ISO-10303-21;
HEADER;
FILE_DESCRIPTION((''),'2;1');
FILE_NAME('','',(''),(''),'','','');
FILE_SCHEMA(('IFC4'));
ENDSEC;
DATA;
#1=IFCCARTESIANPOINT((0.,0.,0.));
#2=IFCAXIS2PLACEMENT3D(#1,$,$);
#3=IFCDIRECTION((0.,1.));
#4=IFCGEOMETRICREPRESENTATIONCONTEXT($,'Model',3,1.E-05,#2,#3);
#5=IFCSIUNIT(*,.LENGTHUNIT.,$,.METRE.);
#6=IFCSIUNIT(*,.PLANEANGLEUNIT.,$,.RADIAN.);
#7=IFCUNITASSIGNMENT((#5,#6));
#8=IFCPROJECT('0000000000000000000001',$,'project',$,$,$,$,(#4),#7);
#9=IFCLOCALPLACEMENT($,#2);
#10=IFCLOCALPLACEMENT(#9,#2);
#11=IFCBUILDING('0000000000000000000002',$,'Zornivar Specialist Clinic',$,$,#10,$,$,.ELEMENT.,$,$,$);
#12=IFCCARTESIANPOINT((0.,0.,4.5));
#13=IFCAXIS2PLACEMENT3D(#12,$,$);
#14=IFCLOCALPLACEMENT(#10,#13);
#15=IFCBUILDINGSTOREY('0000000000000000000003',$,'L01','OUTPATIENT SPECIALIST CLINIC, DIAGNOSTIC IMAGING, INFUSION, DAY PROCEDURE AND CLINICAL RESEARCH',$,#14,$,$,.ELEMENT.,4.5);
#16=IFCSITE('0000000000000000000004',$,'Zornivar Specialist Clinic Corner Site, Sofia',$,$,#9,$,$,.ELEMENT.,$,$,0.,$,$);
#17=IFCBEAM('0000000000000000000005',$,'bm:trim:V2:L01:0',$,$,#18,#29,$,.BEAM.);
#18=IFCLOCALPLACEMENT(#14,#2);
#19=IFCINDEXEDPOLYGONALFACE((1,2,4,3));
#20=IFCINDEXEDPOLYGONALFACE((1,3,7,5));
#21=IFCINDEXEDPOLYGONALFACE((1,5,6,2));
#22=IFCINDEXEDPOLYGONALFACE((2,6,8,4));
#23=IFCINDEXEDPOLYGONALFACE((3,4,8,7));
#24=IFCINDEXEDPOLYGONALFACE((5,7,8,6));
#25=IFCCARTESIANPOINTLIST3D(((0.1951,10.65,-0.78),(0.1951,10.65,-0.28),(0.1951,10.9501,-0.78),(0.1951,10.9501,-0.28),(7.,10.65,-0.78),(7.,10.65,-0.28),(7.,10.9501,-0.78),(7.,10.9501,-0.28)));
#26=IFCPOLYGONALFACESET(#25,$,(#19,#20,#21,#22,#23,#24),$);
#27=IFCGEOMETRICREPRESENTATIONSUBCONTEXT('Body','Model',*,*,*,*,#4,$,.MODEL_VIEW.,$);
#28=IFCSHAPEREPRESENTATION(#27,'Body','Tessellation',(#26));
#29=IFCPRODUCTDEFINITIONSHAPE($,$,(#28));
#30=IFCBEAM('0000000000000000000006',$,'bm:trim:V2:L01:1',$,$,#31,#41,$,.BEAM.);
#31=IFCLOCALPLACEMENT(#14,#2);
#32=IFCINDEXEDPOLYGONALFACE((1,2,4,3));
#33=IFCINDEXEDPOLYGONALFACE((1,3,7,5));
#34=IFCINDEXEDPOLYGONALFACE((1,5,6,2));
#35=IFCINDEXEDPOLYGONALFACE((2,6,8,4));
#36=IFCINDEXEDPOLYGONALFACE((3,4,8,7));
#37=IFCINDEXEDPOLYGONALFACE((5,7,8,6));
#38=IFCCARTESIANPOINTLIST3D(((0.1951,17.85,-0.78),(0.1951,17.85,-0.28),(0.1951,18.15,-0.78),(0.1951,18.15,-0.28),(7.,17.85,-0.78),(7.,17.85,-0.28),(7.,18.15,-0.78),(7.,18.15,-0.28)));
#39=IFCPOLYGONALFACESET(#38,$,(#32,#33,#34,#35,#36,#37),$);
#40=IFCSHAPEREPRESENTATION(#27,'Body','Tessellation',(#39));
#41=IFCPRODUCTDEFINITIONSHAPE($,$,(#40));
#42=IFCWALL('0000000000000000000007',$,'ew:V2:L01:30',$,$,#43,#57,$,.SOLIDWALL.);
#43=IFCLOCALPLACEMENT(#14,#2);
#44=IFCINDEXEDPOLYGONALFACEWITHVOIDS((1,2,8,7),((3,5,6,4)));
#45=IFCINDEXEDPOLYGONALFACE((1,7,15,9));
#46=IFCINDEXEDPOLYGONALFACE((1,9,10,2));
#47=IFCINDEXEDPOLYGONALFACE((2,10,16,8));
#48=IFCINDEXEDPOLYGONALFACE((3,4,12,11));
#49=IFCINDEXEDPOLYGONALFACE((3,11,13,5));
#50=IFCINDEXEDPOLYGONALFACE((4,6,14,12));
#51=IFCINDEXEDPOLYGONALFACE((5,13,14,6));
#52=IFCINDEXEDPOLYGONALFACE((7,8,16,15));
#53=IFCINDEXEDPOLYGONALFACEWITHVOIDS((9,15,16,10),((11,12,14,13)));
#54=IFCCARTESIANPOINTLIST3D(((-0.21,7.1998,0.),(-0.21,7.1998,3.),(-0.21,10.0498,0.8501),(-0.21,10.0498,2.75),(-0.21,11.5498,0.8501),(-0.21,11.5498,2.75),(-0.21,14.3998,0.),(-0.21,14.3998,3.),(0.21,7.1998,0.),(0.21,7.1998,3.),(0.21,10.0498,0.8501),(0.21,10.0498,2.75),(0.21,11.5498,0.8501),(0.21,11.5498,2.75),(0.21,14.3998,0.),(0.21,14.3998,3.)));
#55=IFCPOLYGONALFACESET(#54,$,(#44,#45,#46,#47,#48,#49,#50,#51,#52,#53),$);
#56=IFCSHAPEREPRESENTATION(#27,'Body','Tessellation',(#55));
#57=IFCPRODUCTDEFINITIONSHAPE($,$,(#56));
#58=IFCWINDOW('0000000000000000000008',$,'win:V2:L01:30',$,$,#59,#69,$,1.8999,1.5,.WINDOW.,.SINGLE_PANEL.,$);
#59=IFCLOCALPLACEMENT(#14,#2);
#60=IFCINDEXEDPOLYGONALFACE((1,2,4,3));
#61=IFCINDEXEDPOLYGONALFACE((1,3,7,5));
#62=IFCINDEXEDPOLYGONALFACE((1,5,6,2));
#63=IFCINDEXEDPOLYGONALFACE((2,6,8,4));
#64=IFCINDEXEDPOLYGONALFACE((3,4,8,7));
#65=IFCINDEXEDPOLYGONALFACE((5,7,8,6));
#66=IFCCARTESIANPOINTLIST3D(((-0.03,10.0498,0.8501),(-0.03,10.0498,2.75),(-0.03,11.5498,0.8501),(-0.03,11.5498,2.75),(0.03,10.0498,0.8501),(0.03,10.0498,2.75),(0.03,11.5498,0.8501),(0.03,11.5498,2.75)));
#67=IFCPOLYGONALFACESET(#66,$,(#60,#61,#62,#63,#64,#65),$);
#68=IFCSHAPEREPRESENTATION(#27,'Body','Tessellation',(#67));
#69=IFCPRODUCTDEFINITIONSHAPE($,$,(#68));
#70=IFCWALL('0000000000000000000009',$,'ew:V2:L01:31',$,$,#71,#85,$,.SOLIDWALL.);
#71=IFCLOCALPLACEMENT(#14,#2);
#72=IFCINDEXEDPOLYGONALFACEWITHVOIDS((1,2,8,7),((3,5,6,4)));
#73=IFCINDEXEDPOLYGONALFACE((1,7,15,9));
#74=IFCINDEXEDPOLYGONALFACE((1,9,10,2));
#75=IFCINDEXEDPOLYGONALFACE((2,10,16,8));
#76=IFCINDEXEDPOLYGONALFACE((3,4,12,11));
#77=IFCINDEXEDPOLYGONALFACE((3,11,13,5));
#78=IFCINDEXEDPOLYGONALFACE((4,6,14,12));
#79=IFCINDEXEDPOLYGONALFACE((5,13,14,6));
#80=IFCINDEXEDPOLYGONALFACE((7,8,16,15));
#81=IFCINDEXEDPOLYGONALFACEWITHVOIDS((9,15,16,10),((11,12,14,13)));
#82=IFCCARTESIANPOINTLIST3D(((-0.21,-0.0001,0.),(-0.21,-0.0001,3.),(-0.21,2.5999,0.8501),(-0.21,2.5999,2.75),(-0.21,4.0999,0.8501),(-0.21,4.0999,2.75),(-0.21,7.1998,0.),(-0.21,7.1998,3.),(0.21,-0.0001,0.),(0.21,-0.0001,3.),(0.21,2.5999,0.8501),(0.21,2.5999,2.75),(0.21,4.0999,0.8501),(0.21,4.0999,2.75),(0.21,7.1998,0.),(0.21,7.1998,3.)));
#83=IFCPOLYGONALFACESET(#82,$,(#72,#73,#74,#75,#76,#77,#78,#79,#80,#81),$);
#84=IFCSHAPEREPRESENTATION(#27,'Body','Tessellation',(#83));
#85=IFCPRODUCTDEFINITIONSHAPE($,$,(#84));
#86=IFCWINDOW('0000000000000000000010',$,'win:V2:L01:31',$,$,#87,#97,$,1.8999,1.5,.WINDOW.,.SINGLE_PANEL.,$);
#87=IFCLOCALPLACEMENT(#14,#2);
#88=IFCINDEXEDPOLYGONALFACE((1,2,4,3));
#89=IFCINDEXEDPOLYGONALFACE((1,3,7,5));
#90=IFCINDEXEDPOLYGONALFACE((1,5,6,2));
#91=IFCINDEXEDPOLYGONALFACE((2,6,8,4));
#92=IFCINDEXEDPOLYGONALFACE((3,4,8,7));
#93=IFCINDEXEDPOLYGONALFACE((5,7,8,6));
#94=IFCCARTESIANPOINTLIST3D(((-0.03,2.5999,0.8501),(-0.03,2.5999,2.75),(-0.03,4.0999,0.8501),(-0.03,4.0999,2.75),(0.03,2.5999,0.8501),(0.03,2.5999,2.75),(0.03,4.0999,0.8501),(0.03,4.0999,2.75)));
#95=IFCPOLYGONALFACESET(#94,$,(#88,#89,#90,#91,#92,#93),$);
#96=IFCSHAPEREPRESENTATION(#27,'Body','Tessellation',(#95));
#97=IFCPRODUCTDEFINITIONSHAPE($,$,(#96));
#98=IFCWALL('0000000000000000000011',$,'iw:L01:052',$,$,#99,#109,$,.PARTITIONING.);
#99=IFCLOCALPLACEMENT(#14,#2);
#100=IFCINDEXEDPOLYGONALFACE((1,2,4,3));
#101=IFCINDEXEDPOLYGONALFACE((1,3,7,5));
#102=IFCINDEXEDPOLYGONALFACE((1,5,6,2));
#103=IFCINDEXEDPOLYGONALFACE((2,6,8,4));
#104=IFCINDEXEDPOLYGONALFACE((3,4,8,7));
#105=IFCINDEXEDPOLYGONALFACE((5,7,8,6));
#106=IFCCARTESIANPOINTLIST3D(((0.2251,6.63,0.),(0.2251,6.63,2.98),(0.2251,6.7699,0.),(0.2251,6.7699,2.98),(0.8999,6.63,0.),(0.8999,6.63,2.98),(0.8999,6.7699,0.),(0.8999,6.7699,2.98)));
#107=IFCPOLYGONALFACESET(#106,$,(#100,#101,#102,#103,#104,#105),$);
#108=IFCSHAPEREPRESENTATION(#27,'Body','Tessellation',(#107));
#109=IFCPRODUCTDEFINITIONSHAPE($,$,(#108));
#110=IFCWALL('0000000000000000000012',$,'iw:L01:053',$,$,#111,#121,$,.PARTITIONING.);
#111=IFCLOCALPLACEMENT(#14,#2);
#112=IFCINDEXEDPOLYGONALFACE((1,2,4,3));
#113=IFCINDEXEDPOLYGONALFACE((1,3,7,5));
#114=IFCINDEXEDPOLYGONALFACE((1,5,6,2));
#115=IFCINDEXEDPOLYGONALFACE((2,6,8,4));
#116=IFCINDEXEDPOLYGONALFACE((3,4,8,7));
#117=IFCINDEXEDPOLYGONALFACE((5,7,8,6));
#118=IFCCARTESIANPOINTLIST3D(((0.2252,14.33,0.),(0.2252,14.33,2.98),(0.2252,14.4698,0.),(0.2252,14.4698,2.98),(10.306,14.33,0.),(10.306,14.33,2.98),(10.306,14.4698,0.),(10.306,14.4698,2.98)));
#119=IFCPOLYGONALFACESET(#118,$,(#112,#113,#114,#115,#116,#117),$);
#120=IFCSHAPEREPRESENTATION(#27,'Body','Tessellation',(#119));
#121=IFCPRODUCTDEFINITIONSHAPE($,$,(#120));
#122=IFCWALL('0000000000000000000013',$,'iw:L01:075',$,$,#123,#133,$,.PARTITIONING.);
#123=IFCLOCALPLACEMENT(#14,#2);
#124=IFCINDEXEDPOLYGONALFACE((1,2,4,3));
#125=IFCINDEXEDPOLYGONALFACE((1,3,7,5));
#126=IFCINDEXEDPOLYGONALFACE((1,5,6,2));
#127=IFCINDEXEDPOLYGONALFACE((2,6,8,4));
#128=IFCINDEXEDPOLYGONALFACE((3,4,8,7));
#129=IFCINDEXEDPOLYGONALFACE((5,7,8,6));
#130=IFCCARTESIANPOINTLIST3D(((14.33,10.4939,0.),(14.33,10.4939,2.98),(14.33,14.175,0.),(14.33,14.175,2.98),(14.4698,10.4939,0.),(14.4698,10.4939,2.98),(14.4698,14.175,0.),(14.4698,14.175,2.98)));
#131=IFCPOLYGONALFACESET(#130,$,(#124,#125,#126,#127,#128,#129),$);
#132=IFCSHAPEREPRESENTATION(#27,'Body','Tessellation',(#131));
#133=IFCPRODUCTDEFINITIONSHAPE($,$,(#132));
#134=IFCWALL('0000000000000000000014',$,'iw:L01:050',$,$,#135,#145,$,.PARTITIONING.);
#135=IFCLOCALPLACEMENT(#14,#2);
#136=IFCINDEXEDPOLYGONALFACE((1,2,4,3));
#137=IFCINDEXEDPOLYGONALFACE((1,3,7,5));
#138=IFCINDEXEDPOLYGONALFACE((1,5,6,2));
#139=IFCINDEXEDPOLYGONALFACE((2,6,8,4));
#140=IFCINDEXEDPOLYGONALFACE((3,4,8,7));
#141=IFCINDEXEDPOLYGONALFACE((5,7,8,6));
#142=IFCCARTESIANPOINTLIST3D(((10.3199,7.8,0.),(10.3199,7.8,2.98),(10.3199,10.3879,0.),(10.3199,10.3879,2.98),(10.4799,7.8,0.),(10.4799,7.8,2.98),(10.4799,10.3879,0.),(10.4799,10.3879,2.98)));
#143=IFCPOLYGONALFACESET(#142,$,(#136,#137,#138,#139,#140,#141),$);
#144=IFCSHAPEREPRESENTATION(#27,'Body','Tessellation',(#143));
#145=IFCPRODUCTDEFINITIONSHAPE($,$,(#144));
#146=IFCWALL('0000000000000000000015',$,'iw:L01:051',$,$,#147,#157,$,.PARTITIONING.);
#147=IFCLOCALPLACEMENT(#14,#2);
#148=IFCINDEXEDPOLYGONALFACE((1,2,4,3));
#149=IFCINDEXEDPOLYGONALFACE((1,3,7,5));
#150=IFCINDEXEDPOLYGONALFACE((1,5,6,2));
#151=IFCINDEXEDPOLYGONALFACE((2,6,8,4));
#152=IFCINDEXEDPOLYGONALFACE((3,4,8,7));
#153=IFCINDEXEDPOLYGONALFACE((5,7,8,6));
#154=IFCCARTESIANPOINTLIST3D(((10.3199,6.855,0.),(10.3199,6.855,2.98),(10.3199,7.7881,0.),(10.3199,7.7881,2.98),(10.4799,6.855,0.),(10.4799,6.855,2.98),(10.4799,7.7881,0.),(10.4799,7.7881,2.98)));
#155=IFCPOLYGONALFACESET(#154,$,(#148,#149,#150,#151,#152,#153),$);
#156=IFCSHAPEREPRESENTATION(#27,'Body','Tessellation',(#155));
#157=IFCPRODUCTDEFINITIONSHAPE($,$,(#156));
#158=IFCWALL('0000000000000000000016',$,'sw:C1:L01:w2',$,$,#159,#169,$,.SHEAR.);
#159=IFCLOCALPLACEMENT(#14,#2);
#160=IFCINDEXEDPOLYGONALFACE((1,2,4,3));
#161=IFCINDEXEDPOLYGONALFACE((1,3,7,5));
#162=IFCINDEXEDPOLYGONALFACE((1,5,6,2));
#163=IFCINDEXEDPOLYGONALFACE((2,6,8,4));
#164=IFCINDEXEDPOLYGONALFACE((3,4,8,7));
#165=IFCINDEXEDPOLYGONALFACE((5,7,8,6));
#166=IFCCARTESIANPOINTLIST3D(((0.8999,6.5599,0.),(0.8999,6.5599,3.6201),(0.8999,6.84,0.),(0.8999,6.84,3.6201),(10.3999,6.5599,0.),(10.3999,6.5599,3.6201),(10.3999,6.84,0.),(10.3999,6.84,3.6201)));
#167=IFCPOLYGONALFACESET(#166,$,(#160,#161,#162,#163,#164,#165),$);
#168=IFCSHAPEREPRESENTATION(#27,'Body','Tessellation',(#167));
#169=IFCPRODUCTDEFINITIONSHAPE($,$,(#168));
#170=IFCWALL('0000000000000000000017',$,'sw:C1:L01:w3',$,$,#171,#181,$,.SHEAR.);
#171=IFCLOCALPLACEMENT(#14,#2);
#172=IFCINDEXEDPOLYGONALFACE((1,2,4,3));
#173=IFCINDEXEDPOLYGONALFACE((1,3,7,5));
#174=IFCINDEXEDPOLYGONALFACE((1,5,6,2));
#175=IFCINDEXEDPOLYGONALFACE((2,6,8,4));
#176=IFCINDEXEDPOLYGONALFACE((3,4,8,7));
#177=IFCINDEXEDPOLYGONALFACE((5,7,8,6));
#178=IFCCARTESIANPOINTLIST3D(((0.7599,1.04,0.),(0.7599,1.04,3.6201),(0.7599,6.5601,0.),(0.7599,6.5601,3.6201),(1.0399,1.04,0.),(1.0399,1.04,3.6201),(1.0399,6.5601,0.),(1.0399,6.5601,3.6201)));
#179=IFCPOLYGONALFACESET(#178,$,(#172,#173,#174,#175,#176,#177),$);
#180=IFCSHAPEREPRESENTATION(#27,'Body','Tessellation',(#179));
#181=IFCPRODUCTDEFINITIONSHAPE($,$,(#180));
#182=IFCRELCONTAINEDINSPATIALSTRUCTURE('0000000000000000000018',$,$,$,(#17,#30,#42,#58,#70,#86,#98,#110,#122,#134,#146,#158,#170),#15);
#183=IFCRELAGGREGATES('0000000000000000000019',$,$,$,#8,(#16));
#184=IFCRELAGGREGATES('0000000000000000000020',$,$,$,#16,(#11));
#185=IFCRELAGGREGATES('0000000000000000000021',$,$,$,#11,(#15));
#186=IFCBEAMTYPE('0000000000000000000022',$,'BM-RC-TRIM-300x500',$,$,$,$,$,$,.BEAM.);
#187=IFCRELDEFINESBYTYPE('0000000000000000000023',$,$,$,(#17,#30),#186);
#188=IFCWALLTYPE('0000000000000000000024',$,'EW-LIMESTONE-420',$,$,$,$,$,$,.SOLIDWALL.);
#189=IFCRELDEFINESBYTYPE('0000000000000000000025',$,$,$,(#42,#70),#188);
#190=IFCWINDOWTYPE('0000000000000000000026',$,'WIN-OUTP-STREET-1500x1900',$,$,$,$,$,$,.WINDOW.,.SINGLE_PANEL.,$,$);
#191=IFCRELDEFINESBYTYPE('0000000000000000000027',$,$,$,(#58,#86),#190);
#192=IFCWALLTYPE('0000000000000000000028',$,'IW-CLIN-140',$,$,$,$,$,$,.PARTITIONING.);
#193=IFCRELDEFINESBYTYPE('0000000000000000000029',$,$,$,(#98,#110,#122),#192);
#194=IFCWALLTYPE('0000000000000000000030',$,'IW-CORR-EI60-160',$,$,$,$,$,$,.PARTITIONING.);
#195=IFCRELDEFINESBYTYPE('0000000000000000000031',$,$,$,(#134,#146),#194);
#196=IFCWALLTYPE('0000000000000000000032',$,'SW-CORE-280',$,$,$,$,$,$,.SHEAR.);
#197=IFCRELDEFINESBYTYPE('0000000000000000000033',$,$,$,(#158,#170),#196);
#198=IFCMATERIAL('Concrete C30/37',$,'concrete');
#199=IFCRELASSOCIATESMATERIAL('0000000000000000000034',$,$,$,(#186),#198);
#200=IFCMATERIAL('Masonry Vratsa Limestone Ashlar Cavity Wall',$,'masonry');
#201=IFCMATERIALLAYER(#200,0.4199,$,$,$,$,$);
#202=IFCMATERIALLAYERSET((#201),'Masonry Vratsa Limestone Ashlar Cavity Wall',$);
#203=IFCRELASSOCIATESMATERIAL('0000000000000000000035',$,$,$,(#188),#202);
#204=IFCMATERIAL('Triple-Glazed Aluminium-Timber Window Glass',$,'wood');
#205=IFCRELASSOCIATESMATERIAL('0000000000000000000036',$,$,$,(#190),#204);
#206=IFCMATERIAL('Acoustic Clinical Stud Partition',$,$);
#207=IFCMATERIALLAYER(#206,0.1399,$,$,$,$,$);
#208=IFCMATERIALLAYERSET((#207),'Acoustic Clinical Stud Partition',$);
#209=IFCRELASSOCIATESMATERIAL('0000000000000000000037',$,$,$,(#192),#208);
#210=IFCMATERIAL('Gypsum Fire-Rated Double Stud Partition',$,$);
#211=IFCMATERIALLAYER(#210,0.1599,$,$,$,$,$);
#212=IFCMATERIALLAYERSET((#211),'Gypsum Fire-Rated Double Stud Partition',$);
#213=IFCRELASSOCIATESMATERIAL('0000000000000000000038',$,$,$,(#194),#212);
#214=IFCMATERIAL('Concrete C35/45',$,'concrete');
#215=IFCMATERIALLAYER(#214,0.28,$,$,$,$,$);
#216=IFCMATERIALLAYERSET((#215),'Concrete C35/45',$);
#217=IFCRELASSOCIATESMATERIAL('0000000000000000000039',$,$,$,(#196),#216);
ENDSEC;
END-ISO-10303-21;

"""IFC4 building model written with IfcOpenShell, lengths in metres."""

from ifc_helpers import new_model, si_unit, direction, frame, frame_2d, origin, origin_2d, place, context, subcontext, project, spatial, rectangle, extrude, material, layer, layer_set, material_profile, profile_set, type_object, element, fill, save


model = new_model("IFC4")

# Units and contexts
model_context = context("Model", 3, precision=1e-05, world=origin(), true_north=direction((0.0, 1.0)))
body_context = subcontext(model_context, "Body", "Model", "MODEL_VIEW")
ifc_project = project(units=[si_unit("LENGTHUNIT", "METRE"), si_unit("PLANEANGLEUNIT", "RADIAN")], contexts=[model_context])

# Site, building, storey
site_placement = place(None, origin())
site = spatial("IfcSite", under=ifc_project, at=site_placement, Name="Zornivar Specialist Clinic Corner Site, Sofia", CompositionType="ELEMENT", RefElevation=0.0)
building_placement = place(site_placement, origin())
building = spatial("IfcBuilding", under=site, at=building_placement, Name="Zornivar Specialist Clinic", CompositionType="ELEMENT")
storey_placement = place(building_placement, frame((0.0, 0.0, 4.5)))
storey = spatial("IfcBuildingStorey", under=building, at=storey_placement, Name="L01", Description="OUTPATIENT SPECIALIST CLINIC, DIAGNOSTIC IMAGING, INFUSION, DAY PROCEDURE AND CLINICAL RESEARCH", CompositionType="ELEMENT", Elevation=4.5)

# Beams
ifc_material_1 = material(Name="Concrete C30/37", Category="concrete")
ifc_material_profile_1 = material_profile(ifc_material_1, rectangle(XDim=0.3, YDim=0.5, at=origin_2d()), Name="RC 300x500")
ifc_profile_set_1 = profile_set([ifc_material_profile_1], Name="Concrete C30/37")
beam_type_1 = type_object("IfcBeamType", Name="BM-RC-TRIM-300x500", PredefinedType="BEAM", material=ifc_profile_set_1)
for number, where, z_axis, x_axis, name in (
    (1, (0.1951, 10.8, -0.53), (1.0, 0.0, 0.0), (0.0, 1.0, 0.0), "bm:trim:V2:L01:0"),
    (2, (0.1951, 18.0, -0.53), (1.0, 0.0, 0.0), (0.0, 1.0, 0.0), "bm:trim:V2:L01:1"),
):
    element("IfcBeam", number, at=place(storey_placement, frame(where, z_axis=z_axis, x_axis=x_axis)), inside=storey, type_object=beam_type_1, Name=name, PredefinedType="BEAM", context=body_context, shape_type="SweptSolid", body=[
        extrude(rectangle(XDim=0.3, YDim=0.5, at=origin_2d()), origin(), (0.0, 0.0, 1.0), 6.8049),
    ])

# Walls, openings, windows
ifc_material_2 = material(Name="Masonry Vratsa Limestone Ashlar Cavity Wall", Category="masonry")
ifc_layer_1 = layer(ifc_material_2, 0.4199)
ifc_layer_set_1 = layer_set([ifc_layer_1], Name="Masonry Vratsa Limestone Ashlar Cavity Wall")
wall_type_1 = type_object("IfcWallType", Name="EW-LIMESTONE-420", PredefinedType="SOLIDWALL", material=ifc_layer_set_1)
wall_1_placement = place(storey_placement, frame((0.0, 14.3999, 0.0), z_axis=(0.0, 0.0, 1.0), x_axis=(0.0, -1.0, 0.0)))
wall_1 = element("IfcWall", 3, at=wall_1_placement, inside=storey, type_object=wall_type_1, Name="ew:V2:L01:30", PredefinedType="SOLIDWALL", context=body_context, shape_type="SweptSolid", body=[
    extrude(rectangle(XDim=7.2, YDim=0.4199, at=frame_2d((3.6001, 0.0))), origin(), (0.0, 0.0, 1.0), 3.0),
])
opening_1_placement = place(wall_1_placement, frame((2.8501, 0.0, 0.8501)))
opening_1 = element("IfcOpeningElement", 4, at=opening_1_placement, cuts=wall_1, PredefinedType="OPENING", context=body_context, shape_type="SweptSolid", body=[
    extrude(rectangle(XDim=1.5, YDim=1.8999, at=frame_2d((0.75, 0.95))), frame((0.0, 0.22, 0.0), z_axis=(0.0, -1.0, 0.0), x_axis=(1.0, 0.0, 0.0)), (0.0, 0.0, 1.0), 0.4399),
])
ifc_material_3 = material(Name="Triple-Glazed Aluminium-Timber Window Glass", Category="wood")
window_type = type_object("IfcWindowType", Name="WIN-OUTP-STREET-1500x1900", PartitioningType="SINGLE_PANEL", PredefinedType="WINDOW", material=ifc_material_3)
window_1_placement = place(opening_1_placement, origin())
window_1 = element("IfcWindow", 5, at=window_1_placement, inside=storey, type_object=window_type, Name="win:V2:L01:30", OverallHeight=1.8999, OverallWidth=1.5, PartitioningType="SINGLE_PANEL", PredefinedType="WINDOW", context=body_context, shape_type="SweptSolid", body=[
    extrude(rectangle(XDim=1.5, YDim=1.8999, at=frame_2d((0.75, 0.95))), frame((0.0, 0.03, 0.0), z_axis=(0.0, -1.0, 0.0), x_axis=(1.0, 0.0, 0.0)), (0.0, 0.0, 1.0), 0.0601),
])
fill(opening_1, window_1)
wall_2_placement = place(storey_placement, frame((0.0, 7.2, 0.0), z_axis=(0.0, 0.0, 1.0), x_axis=(0.0, -1.0, 0.0)))
wall_2 = element("IfcWall", 6, at=wall_2_placement, inside=storey, type_object=wall_type_1, Name="ew:V2:L01:31", PredefinedType="SOLIDWALL", context=body_context, shape_type="SweptSolid", body=[
    extrude(rectangle(XDim=7.2, YDim=0.4199, at=frame_2d((3.6001, 0.0))), origin(), (0.0, 0.0, 1.0), 3.0),
])
opening_2_placement = place(wall_2_placement, frame((3.1001, 0.0, 0.8501)))
opening_2 = element("IfcOpeningElement", 7, at=opening_2_placement, cuts=wall_2, PredefinedType="OPENING", context=body_context, shape_type="SweptSolid", body=[
    extrude(rectangle(XDim=1.5, YDim=1.8999, at=frame_2d((0.75, 0.95))), frame((0.0, 0.22, 0.0), z_axis=(0.0, -1.0, 0.0), x_axis=(1.0, 0.0, 0.0)), (0.0, 0.0, 1.0), 0.4399),
])
window_2_placement = place(opening_2_placement, origin())
window_2 = element("IfcWindow", 8, at=window_2_placement, inside=storey, type_object=window_type, Name="win:V2:L01:31", OverallHeight=1.8999, OverallWidth=1.5, PartitioningType="SINGLE_PANEL", PredefinedType="WINDOW", context=body_context, shape_type="SweptSolid", body=[
    extrude(rectangle(XDim=1.5, YDim=1.8999, at=frame_2d((0.75, 0.95))), frame((0.0, 0.03, 0.0), z_axis=(0.0, -1.0, 0.0), x_axis=(1.0, 0.0, 0.0)), (0.0, 0.0, 1.0), 0.0601),
])
fill(opening_2, window_2)

# Walls
ifc_material_4 = material(Name="Acoustic Clinical Stud Partition")
ifc_layer_2 = layer(ifc_material_4, 0.1399)
ifc_layer_set_2 = layer_set([ifc_layer_2], Name="Acoustic Clinical Stud Partition")
wall_type_2 = type_object("IfcWallType", Name="IW-CLIN-140", PredefinedType="PARTITIONING", material=ifc_layer_set_2)
wall_3_placement = place(storey_placement, frame((0.8999, 6.7, 0.0), z_axis=(0.0, 0.0, 1.0), x_axis=(-1.0, 0.0, 0.0)))
element("IfcWall", 9, at=wall_3_placement, inside=storey, type_object=wall_type_2, Name="iw:L01:052", PredefinedType="PARTITIONING", context=body_context, shape_type="SweptSolid", body=[
    extrude(rectangle(XDim=0.6748, YDim=0.1399, at=frame_2d((0.3374, 0.0))), origin(), (0.0, 0.0, 1.0), 2.98),
])
wall_4_placement = place(storey_placement, frame((0.2251, 14.3999, 0.0), z_axis=(0.0, 0.0, 1.0), x_axis=(1.0, 0.0, 0.0)))
element("IfcWall", 10, at=wall_4_placement, inside=storey, type_object=wall_type_2, Name="iw:L01:053", PredefinedType="PARTITIONING", context=body_context, shape_type="SweptSolid", body=[
    extrude(rectangle(XDim=10.0808, YDim=0.1399, at=frame_2d((5.0405, 0.0))), origin(), (0.0, 0.0, 1.0), 2.98),
])
wall_5_placement = place(storey_placement, frame((14.3999, 10.4939, 0.0), z_axis=(0.0, 0.0, 1.0), x_axis=(0.0, 1.0, 0.0)))
element("IfcWall", 11, at=wall_5_placement, inside=storey, type_object=wall_type_2, Name="iw:L01:075", PredefinedType="PARTITIONING", context=body_context, shape_type="SweptSolid", body=[
    extrude(rectangle(XDim=3.6812, YDim=0.1399, at=frame_2d((1.8406, 0.0))), origin(), (0.0, 0.0, 1.0), 2.98),
])

# Shared definitions
ifc_material_5 = material(Name="Gypsum Fire-Rated Double Stud Partition")
ifc_layer_3 = layer(ifc_material_5, 0.1599)
ifc_layer_set_3 = layer_set([ifc_layer_3], Name="Gypsum Fire-Rated Double Stud Partition")
wall_type_3 = type_object("IfcWallType", Name="IW-CORR-EI60-160", PredefinedType="PARTITIONING", material=ifc_layer_set_3)

# Walls
wall_6_placement = place(storey_placement, frame((10.3999, 10.3879, 0.0), z_axis=(0.0, 0.0, 1.0), x_axis=(0.0, -1.0, 0.0)))
element("IfcWall", 12, at=wall_6_placement, inside=storey, type_object=wall_type_3, Name="iw:L01:050", PredefinedType="PARTITIONING", context=body_context, shape_type="SweptSolid", body=[
    extrude(rectangle(XDim=2.5879, YDim=0.1599, at=frame_2d((1.2939, 0.0))), origin(), (0.0, 0.0, 1.0), 2.98),
])
wall_7_placement = place(storey_placement, frame((10.3999, 7.7881, 0.0), z_axis=(0.0, 0.0, 1.0), x_axis=(0.0, -1.0, 0.0)))
element("IfcWall", 13, at=wall_7_placement, inside=storey, type_object=wall_type_3, Name="iw:L01:051", PredefinedType="PARTITIONING", context=body_context, shape_type="SweptSolid", body=[
    extrude(rectangle(XDim=0.9331, YDim=0.1599, at=frame_2d((0.4666, 0.0))), origin(), (0.0, 0.0, 1.0), 2.98),
])
ifc_material_6 = material(Name="Concrete C35/45", Category="concrete")
ifc_layer_4 = layer(ifc_material_6, 0.28)
ifc_layer_set_4 = layer_set([ifc_layer_4], Name="Concrete C35/45")
wall_type_4 = type_object("IfcWallType", Name="SW-CORE-280", PredefinedType="SHEAR", material=ifc_layer_set_4)
wall_8_placement = place(storey_placement, frame((10.3999, 6.7, 0.0), z_axis=(0.0, 0.0, 1.0), x_axis=(-1.0, 0.0, 0.0)))
element("IfcWall", 14, at=wall_8_placement, inside=storey, type_object=wall_type_4, Name="sw:C1:L01:w2", PredefinedType="SHEAR", context=body_context, shape_type="SweptSolid", body=[
    extrude(rectangle(XDim=9.5, YDim=0.28, at=frame_2d((4.75, 0.0))), origin(), (0.0, 0.0, 1.0), 3.6201),
])
wall_9_placement = place(storey_placement, frame((0.8999, 6.5601, 0.0), z_axis=(0.0, 0.0, 1.0), x_axis=(0.0, -1.0, 0.0)))
element("IfcWall", 15, at=wall_9_placement, inside=storey, type_object=wall_type_4, Name="sw:C1:L01:w3", PredefinedType="SHEAR", context=body_context, shape_type="SweptSolid", body=[
    extrude(rectangle(XDim=5.52, YDim=0.28, at=frame_2d((2.76, 0.0))), origin(), (0.0, 0.0, 1.0), 3.6201),
])

save(model, "model.ifc")
